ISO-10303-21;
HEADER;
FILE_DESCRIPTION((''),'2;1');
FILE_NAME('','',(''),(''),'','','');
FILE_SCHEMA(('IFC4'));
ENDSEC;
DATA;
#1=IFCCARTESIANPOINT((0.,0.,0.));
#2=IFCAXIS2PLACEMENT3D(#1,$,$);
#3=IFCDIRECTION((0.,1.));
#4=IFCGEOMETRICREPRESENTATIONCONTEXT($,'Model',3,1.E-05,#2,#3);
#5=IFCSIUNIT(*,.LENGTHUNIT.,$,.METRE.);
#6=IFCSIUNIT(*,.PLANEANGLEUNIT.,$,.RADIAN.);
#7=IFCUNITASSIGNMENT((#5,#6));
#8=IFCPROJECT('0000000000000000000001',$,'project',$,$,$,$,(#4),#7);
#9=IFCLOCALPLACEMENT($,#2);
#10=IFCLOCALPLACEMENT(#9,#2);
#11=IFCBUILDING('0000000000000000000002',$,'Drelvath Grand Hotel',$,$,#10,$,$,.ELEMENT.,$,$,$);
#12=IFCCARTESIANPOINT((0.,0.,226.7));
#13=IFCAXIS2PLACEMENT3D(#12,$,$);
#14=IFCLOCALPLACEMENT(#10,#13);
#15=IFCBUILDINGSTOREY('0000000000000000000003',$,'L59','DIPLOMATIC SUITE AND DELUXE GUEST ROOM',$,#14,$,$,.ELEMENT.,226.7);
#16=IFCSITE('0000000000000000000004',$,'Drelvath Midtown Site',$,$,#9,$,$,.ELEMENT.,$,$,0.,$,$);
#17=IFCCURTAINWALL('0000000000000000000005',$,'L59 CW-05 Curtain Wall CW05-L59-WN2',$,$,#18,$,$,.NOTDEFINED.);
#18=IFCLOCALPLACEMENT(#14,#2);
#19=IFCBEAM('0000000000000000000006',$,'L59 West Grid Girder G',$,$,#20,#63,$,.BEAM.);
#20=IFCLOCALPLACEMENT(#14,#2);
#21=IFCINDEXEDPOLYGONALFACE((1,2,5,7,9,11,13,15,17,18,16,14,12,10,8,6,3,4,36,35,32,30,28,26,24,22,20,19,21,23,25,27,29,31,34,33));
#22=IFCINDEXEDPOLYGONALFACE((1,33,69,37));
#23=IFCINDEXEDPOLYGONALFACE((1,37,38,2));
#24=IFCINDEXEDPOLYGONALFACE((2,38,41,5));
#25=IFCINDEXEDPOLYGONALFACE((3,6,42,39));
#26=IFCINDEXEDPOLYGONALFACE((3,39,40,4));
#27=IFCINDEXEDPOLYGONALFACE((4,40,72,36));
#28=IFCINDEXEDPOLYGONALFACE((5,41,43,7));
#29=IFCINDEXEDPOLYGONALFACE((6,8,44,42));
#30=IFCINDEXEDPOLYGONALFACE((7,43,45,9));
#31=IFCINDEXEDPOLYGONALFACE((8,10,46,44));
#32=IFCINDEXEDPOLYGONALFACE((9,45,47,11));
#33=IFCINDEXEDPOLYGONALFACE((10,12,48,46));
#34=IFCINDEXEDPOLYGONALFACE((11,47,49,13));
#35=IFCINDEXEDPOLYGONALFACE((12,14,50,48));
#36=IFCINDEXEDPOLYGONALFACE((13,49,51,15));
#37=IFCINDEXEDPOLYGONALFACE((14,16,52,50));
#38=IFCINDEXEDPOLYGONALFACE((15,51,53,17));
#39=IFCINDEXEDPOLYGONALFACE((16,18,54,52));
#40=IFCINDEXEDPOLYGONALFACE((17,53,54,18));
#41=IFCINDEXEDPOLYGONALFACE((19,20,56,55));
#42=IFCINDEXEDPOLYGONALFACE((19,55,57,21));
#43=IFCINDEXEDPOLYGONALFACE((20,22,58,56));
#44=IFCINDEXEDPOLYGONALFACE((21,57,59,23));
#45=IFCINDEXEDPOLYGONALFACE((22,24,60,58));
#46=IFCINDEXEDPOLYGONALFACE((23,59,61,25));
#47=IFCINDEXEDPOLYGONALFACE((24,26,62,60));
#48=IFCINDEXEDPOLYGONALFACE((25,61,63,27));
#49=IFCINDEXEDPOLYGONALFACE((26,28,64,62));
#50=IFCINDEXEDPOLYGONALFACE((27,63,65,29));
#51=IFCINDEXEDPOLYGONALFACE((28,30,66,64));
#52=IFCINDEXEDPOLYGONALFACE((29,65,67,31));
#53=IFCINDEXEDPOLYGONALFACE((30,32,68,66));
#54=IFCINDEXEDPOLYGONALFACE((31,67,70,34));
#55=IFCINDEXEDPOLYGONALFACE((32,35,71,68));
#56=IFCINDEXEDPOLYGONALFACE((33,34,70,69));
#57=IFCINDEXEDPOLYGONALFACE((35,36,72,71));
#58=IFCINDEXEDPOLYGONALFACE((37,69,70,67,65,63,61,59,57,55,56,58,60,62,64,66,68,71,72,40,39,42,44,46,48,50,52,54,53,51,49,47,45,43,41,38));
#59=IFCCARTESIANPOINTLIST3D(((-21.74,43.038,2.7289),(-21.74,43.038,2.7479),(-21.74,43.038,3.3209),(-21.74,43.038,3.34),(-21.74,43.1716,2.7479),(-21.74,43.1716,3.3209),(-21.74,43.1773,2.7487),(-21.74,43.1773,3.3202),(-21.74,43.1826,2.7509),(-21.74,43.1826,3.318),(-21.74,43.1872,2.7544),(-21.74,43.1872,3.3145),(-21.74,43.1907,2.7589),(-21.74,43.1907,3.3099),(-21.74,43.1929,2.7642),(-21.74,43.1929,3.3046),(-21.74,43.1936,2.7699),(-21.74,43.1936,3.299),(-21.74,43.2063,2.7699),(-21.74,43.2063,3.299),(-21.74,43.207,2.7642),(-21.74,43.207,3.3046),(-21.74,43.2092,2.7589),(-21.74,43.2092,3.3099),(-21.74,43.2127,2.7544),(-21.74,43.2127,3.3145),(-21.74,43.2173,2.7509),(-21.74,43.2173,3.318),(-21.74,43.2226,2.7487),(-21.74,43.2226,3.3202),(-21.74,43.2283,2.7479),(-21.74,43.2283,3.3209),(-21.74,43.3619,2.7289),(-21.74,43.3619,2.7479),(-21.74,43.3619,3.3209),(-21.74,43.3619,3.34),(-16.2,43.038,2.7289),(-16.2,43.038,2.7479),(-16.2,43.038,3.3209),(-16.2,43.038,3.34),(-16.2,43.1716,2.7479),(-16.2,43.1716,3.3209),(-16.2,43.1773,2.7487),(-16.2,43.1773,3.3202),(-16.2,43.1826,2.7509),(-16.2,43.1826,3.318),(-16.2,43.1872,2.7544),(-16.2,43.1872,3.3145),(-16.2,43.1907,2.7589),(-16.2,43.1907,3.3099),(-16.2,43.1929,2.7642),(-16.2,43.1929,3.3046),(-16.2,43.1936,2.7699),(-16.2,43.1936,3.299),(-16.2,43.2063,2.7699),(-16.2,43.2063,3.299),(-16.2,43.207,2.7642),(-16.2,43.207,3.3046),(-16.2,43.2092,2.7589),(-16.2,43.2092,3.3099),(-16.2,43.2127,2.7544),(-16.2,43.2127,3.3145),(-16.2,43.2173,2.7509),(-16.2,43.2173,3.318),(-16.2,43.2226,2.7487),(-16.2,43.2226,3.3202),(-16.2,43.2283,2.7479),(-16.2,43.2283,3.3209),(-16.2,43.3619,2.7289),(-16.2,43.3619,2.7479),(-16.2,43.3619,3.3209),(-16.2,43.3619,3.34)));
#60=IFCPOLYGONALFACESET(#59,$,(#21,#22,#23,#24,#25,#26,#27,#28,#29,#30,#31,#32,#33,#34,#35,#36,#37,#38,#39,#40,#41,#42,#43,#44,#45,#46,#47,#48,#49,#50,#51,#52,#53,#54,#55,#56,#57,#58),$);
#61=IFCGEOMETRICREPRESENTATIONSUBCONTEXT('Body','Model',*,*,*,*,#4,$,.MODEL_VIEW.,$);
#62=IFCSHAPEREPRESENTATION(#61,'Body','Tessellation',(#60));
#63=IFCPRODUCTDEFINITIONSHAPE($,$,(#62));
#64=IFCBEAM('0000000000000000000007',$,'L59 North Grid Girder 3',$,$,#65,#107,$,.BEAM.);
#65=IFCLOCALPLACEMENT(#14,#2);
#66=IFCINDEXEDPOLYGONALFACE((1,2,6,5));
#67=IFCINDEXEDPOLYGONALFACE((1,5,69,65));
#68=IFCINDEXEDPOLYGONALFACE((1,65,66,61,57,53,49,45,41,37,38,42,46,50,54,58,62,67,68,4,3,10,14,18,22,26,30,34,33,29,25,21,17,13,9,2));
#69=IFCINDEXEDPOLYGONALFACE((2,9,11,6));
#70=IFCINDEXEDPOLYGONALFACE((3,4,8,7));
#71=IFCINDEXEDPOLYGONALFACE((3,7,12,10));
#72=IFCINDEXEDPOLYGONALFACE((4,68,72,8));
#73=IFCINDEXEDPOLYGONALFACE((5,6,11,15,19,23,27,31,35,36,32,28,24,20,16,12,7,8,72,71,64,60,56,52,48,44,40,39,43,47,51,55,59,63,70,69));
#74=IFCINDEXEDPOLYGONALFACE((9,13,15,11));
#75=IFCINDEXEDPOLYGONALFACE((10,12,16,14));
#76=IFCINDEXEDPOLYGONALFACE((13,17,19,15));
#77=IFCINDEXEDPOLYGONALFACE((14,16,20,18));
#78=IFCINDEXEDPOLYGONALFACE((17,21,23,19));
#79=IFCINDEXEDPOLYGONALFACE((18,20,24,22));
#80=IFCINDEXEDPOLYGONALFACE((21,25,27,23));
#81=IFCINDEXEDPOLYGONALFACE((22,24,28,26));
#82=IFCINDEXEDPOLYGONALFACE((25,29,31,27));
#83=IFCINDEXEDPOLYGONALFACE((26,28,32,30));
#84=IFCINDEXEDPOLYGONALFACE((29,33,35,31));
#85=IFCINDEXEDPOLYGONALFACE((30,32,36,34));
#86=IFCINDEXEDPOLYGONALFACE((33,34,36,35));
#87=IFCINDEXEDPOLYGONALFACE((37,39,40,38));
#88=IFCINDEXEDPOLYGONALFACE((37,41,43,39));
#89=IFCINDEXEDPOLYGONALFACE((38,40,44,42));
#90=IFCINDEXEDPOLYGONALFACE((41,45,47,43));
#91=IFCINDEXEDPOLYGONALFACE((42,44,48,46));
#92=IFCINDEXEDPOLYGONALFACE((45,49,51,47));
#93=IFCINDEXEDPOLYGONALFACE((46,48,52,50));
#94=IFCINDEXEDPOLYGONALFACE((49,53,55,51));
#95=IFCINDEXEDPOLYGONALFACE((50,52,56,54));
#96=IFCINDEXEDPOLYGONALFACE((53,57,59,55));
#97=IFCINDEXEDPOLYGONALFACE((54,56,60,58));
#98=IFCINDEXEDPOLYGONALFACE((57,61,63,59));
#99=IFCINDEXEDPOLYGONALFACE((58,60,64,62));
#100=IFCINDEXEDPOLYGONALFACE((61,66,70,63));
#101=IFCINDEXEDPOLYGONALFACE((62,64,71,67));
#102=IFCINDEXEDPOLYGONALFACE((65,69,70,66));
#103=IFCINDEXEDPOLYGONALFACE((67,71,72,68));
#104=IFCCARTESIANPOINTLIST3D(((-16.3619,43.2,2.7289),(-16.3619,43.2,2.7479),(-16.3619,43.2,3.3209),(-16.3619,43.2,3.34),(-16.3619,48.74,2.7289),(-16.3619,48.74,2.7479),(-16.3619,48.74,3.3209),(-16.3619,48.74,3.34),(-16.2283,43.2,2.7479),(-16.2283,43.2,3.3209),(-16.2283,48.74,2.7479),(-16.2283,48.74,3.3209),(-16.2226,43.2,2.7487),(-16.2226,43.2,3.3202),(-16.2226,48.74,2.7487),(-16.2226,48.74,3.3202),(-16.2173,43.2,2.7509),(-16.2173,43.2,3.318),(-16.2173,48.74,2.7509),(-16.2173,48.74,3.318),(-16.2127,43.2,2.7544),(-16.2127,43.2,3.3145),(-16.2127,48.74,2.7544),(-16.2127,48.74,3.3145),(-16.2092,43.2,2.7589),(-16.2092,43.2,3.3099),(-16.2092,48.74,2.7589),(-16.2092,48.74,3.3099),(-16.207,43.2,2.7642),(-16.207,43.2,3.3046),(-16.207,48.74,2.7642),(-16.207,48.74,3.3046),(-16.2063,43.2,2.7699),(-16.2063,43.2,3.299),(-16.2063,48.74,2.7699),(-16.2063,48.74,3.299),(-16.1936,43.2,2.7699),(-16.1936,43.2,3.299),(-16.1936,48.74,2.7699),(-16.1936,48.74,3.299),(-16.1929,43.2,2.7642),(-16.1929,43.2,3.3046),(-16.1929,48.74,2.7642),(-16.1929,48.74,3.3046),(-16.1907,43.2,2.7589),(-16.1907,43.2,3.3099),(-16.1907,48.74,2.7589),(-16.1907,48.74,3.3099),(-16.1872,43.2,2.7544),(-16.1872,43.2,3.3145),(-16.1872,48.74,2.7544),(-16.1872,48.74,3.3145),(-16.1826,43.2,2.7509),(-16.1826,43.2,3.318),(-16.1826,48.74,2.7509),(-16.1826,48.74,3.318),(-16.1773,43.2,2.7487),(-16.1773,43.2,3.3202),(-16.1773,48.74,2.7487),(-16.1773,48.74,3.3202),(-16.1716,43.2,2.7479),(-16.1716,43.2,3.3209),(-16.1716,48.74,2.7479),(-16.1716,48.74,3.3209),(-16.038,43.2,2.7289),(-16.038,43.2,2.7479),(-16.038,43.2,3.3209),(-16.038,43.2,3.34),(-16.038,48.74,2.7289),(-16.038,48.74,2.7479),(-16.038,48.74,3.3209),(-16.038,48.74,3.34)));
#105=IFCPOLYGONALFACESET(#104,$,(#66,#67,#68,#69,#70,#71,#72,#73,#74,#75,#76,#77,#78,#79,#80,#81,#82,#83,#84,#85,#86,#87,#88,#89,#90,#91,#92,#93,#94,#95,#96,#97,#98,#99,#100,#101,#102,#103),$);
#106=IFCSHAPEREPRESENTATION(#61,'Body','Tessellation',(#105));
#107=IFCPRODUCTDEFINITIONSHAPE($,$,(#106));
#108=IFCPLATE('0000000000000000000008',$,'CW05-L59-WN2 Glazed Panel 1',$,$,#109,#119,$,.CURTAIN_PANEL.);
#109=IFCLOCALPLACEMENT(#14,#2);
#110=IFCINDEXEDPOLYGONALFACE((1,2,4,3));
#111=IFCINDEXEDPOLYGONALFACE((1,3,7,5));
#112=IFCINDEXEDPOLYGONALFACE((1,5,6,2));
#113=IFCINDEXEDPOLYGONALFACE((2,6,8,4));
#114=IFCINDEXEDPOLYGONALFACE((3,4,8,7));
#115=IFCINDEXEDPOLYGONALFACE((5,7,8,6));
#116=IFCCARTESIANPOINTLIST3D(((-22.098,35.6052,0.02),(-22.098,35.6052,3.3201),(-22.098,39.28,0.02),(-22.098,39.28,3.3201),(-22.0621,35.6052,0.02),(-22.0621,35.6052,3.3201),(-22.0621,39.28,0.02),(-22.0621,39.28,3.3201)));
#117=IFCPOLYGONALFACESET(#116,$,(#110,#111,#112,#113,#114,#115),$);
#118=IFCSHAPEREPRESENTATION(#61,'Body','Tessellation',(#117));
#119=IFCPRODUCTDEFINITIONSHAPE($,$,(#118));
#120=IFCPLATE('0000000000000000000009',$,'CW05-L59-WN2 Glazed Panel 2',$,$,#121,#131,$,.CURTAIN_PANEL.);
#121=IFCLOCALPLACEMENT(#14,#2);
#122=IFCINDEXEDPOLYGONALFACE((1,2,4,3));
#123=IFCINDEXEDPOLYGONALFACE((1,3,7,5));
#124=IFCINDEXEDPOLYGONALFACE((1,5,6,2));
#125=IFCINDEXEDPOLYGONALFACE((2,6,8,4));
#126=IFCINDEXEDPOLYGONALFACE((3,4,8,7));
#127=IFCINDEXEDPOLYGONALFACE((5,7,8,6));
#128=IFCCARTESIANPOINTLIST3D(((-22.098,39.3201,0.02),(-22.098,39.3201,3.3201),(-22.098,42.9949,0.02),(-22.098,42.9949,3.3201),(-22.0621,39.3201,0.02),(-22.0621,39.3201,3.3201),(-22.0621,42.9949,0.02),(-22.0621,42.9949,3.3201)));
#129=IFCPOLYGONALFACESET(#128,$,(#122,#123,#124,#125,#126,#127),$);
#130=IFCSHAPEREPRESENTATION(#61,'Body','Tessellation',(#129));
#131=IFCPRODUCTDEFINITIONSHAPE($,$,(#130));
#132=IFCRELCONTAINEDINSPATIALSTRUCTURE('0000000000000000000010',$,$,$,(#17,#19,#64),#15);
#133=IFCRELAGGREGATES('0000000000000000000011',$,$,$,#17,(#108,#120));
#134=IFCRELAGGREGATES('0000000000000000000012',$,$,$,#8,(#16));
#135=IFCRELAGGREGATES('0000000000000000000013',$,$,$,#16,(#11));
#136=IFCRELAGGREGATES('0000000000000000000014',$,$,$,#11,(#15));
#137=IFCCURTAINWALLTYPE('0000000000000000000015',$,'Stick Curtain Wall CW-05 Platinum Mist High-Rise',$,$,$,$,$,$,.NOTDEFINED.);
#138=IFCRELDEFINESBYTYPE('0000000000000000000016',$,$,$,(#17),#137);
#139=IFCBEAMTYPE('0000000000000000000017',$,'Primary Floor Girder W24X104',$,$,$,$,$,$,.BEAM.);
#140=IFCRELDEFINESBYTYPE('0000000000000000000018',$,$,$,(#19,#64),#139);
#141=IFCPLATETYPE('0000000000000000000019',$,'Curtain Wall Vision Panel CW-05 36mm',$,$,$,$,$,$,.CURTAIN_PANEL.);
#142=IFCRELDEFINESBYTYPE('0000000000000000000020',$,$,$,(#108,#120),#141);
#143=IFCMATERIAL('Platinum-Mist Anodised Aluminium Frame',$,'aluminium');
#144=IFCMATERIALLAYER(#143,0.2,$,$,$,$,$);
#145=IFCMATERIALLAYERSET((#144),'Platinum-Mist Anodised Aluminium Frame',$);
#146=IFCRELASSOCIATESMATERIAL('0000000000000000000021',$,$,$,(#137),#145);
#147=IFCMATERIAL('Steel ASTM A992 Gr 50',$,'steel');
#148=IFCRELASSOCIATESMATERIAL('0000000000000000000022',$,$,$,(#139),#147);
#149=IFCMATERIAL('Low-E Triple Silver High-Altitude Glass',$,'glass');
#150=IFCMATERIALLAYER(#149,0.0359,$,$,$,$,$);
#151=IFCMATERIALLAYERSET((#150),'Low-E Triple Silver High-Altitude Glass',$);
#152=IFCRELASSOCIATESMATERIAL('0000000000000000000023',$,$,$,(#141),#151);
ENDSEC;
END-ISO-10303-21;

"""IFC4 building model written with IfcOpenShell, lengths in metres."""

from ifc_helpers import new_model, si_unit, direction, frame, origin, origin_2d, place, context, subcontext, project, spatial, rectangle, i_section, extrude, material, layer, layer_set, material_profile, profile_set, type_object, element, aggregate, save


model = new_model("IFC4")

# Units and contexts
model_context = context("Model", 3, precision=1e-05, world=origin(), true_north=direction((0.0, 1.0)))
body_context = subcontext(model_context, "Body", "Model", "MODEL_VIEW")
ifc_project = project(units=[si_unit("LENGTHUNIT", "METRE"), si_unit("PLANEANGLEUNIT", "RADIAN")], contexts=[model_context])

# Site, building, storey
site_placement = place(None, origin())
site = spatial("IfcSite", under=ifc_project, at=site_placement, Name="Drelvath Midtown Site", CompositionType="ELEMENT", RefElevation=0.0)
building_placement = place(site_placement, origin())
building = spatial("IfcBuilding", under=site, at=building_placement, Name="Drelvath Grand Hotel", CompositionType="ELEMENT")
storey_placement = place(building_placement, frame((0.0, 0.0, 226.7)))
storey = spatial("IfcBuildingStorey", under=building, at=storey_placement, Name="L59", Description="DIPLOMATIC SUITE AND DELUXE GUEST ROOM", CompositionType="ELEMENT", Elevation=226.7)

# Shared definitions
ifc_material_1 = material(Name="Steel ASTM A992 Gr 50", Category="steel")

# Curtain wall
ifc_material_2 = material(Name="Platinum-Mist Anodised Aluminium Frame", Category="aluminium")
ifc_layer_1 = layer(ifc_material_2, 0.2)
ifc_layer_set_1 = layer_set([ifc_layer_1], Name="Platinum-Mist Anodised Aluminium Frame")
curtain_wall_type = type_object("IfcCurtainWallType", Name="Stick Curtain Wall CW-05 Platinum Mist High-Rise", PredefinedType="NOTDEFINED", material=ifc_layer_set_1)
curtain_wall_1_placement = place(storey_placement, origin())
curtain_wall_1 = element("IfcCurtainWall", 1, at=curtain_wall_1_placement, inside=storey, type_object=curtain_wall_type, Name="L59 CW-05 Curtain Wall CW05-L59-WN2", PredefinedType="NOTDEFINED")

# Beams
ifc_material_profile_1 = material_profile(ifc_material_1, i_section(OverallWidth=0.324, OverallDepth=0.6111, WebThickness=0.0127, FlangeThickness=0.019, FilletRadius=0.022, at=origin_2d()), Name="W24X104")
ifc_profile_set_1 = profile_set([ifc_material_profile_1], Name="Steel ASTM A992 Gr 50")
beam_type_1 = type_object("IfcBeamType", Name="Primary Floor Girder W24X104", PredefinedType="BEAM", material=ifc_profile_set_1)
for number, where, z_axis, x_axis, name in (
    (2, (-21.74, 43.2, 3.0344), (1.0, 0.0, 0.0), (0.0, 1.0, 0.0), "L59 West Grid Girder G"),
    (3, (-16.2, 43.2, 3.0344), (0.0, 1.0, 0.0), (-1.0, 0.0, 0.0), "L59 North Grid Girder 3"),
):
    element("IfcBeam", number, at=place(storey_placement, frame(where, z_axis=z_axis, x_axis=x_axis)), inside=storey, type_object=beam_type_1, Name=name, PredefinedType="BEAM", context=body_context, shape_type="SweptSolid", body=[
        extrude(i_section(OverallWidth=0.324, OverallDepth=0.6111, WebThickness=0.0127, FlangeThickness=0.019, FilletRadius=0.022, at=origin_2d()), origin(), (0.0, 0.0, 1.0), 5.54),
    ])

# Plates
ifc_material_3 = material(Name="Low-E Triple Silver High-Altitude Glass", Category="glass")
ifc_layer_2 = layer(ifc_material_3, 0.0359)
ifc_layer_set_2 = layer_set([ifc_layer_2], Name="Low-E Triple Silver High-Altitude Glass")
plate_type = type_object("IfcPlateType", Name="Curtain Wall Vision Panel CW-05 36mm", PredefinedType="CURTAIN_PANEL", material=ifc_layer_set_2)
plate_1_placement = place(storey_placement, frame((-22.0801, 37.4426, 0.02), z_axis=(0.0, 0.0, 1.0), x_axis=(0.0, 1.0, 0.0)))
plate_1 = element("IfcPlate", 4, at=plate_1_placement, type_object=plate_type, Name="CW05-L59-WN2 Glazed Panel 1", PredefinedType="CURTAIN_PANEL", context=body_context, shape_type="SweptSolid", body=[
    extrude(rectangle(XDim=3.6748, YDim=0.0359, at=origin_2d()), origin(), (0.0, 0.0, 1.0), 3.3),
])
plate_2_placement = place(storey_placement, frame((-22.0801, 41.1575, 0.02), z_axis=(0.0, 0.0, 1.0), x_axis=(0.0, 1.0, 0.0)))
plate_2 = element("IfcPlate", 5, at=plate_2_placement, type_object=plate_type, Name="CW05-L59-WN2 Glazed Panel 2", PredefinedType="CURTAIN_PANEL", context=body_context, shape_type="SweptSolid", body=[
    extrude(rectangle(XDim=3.6748, YDim=0.0359, at=origin_2d()), origin(), (0.0, 0.0, 1.0), 3.3),
])
aggregate(curtain_wall_1, [plate_1, plate_2])

save(model, "model.ifc")
